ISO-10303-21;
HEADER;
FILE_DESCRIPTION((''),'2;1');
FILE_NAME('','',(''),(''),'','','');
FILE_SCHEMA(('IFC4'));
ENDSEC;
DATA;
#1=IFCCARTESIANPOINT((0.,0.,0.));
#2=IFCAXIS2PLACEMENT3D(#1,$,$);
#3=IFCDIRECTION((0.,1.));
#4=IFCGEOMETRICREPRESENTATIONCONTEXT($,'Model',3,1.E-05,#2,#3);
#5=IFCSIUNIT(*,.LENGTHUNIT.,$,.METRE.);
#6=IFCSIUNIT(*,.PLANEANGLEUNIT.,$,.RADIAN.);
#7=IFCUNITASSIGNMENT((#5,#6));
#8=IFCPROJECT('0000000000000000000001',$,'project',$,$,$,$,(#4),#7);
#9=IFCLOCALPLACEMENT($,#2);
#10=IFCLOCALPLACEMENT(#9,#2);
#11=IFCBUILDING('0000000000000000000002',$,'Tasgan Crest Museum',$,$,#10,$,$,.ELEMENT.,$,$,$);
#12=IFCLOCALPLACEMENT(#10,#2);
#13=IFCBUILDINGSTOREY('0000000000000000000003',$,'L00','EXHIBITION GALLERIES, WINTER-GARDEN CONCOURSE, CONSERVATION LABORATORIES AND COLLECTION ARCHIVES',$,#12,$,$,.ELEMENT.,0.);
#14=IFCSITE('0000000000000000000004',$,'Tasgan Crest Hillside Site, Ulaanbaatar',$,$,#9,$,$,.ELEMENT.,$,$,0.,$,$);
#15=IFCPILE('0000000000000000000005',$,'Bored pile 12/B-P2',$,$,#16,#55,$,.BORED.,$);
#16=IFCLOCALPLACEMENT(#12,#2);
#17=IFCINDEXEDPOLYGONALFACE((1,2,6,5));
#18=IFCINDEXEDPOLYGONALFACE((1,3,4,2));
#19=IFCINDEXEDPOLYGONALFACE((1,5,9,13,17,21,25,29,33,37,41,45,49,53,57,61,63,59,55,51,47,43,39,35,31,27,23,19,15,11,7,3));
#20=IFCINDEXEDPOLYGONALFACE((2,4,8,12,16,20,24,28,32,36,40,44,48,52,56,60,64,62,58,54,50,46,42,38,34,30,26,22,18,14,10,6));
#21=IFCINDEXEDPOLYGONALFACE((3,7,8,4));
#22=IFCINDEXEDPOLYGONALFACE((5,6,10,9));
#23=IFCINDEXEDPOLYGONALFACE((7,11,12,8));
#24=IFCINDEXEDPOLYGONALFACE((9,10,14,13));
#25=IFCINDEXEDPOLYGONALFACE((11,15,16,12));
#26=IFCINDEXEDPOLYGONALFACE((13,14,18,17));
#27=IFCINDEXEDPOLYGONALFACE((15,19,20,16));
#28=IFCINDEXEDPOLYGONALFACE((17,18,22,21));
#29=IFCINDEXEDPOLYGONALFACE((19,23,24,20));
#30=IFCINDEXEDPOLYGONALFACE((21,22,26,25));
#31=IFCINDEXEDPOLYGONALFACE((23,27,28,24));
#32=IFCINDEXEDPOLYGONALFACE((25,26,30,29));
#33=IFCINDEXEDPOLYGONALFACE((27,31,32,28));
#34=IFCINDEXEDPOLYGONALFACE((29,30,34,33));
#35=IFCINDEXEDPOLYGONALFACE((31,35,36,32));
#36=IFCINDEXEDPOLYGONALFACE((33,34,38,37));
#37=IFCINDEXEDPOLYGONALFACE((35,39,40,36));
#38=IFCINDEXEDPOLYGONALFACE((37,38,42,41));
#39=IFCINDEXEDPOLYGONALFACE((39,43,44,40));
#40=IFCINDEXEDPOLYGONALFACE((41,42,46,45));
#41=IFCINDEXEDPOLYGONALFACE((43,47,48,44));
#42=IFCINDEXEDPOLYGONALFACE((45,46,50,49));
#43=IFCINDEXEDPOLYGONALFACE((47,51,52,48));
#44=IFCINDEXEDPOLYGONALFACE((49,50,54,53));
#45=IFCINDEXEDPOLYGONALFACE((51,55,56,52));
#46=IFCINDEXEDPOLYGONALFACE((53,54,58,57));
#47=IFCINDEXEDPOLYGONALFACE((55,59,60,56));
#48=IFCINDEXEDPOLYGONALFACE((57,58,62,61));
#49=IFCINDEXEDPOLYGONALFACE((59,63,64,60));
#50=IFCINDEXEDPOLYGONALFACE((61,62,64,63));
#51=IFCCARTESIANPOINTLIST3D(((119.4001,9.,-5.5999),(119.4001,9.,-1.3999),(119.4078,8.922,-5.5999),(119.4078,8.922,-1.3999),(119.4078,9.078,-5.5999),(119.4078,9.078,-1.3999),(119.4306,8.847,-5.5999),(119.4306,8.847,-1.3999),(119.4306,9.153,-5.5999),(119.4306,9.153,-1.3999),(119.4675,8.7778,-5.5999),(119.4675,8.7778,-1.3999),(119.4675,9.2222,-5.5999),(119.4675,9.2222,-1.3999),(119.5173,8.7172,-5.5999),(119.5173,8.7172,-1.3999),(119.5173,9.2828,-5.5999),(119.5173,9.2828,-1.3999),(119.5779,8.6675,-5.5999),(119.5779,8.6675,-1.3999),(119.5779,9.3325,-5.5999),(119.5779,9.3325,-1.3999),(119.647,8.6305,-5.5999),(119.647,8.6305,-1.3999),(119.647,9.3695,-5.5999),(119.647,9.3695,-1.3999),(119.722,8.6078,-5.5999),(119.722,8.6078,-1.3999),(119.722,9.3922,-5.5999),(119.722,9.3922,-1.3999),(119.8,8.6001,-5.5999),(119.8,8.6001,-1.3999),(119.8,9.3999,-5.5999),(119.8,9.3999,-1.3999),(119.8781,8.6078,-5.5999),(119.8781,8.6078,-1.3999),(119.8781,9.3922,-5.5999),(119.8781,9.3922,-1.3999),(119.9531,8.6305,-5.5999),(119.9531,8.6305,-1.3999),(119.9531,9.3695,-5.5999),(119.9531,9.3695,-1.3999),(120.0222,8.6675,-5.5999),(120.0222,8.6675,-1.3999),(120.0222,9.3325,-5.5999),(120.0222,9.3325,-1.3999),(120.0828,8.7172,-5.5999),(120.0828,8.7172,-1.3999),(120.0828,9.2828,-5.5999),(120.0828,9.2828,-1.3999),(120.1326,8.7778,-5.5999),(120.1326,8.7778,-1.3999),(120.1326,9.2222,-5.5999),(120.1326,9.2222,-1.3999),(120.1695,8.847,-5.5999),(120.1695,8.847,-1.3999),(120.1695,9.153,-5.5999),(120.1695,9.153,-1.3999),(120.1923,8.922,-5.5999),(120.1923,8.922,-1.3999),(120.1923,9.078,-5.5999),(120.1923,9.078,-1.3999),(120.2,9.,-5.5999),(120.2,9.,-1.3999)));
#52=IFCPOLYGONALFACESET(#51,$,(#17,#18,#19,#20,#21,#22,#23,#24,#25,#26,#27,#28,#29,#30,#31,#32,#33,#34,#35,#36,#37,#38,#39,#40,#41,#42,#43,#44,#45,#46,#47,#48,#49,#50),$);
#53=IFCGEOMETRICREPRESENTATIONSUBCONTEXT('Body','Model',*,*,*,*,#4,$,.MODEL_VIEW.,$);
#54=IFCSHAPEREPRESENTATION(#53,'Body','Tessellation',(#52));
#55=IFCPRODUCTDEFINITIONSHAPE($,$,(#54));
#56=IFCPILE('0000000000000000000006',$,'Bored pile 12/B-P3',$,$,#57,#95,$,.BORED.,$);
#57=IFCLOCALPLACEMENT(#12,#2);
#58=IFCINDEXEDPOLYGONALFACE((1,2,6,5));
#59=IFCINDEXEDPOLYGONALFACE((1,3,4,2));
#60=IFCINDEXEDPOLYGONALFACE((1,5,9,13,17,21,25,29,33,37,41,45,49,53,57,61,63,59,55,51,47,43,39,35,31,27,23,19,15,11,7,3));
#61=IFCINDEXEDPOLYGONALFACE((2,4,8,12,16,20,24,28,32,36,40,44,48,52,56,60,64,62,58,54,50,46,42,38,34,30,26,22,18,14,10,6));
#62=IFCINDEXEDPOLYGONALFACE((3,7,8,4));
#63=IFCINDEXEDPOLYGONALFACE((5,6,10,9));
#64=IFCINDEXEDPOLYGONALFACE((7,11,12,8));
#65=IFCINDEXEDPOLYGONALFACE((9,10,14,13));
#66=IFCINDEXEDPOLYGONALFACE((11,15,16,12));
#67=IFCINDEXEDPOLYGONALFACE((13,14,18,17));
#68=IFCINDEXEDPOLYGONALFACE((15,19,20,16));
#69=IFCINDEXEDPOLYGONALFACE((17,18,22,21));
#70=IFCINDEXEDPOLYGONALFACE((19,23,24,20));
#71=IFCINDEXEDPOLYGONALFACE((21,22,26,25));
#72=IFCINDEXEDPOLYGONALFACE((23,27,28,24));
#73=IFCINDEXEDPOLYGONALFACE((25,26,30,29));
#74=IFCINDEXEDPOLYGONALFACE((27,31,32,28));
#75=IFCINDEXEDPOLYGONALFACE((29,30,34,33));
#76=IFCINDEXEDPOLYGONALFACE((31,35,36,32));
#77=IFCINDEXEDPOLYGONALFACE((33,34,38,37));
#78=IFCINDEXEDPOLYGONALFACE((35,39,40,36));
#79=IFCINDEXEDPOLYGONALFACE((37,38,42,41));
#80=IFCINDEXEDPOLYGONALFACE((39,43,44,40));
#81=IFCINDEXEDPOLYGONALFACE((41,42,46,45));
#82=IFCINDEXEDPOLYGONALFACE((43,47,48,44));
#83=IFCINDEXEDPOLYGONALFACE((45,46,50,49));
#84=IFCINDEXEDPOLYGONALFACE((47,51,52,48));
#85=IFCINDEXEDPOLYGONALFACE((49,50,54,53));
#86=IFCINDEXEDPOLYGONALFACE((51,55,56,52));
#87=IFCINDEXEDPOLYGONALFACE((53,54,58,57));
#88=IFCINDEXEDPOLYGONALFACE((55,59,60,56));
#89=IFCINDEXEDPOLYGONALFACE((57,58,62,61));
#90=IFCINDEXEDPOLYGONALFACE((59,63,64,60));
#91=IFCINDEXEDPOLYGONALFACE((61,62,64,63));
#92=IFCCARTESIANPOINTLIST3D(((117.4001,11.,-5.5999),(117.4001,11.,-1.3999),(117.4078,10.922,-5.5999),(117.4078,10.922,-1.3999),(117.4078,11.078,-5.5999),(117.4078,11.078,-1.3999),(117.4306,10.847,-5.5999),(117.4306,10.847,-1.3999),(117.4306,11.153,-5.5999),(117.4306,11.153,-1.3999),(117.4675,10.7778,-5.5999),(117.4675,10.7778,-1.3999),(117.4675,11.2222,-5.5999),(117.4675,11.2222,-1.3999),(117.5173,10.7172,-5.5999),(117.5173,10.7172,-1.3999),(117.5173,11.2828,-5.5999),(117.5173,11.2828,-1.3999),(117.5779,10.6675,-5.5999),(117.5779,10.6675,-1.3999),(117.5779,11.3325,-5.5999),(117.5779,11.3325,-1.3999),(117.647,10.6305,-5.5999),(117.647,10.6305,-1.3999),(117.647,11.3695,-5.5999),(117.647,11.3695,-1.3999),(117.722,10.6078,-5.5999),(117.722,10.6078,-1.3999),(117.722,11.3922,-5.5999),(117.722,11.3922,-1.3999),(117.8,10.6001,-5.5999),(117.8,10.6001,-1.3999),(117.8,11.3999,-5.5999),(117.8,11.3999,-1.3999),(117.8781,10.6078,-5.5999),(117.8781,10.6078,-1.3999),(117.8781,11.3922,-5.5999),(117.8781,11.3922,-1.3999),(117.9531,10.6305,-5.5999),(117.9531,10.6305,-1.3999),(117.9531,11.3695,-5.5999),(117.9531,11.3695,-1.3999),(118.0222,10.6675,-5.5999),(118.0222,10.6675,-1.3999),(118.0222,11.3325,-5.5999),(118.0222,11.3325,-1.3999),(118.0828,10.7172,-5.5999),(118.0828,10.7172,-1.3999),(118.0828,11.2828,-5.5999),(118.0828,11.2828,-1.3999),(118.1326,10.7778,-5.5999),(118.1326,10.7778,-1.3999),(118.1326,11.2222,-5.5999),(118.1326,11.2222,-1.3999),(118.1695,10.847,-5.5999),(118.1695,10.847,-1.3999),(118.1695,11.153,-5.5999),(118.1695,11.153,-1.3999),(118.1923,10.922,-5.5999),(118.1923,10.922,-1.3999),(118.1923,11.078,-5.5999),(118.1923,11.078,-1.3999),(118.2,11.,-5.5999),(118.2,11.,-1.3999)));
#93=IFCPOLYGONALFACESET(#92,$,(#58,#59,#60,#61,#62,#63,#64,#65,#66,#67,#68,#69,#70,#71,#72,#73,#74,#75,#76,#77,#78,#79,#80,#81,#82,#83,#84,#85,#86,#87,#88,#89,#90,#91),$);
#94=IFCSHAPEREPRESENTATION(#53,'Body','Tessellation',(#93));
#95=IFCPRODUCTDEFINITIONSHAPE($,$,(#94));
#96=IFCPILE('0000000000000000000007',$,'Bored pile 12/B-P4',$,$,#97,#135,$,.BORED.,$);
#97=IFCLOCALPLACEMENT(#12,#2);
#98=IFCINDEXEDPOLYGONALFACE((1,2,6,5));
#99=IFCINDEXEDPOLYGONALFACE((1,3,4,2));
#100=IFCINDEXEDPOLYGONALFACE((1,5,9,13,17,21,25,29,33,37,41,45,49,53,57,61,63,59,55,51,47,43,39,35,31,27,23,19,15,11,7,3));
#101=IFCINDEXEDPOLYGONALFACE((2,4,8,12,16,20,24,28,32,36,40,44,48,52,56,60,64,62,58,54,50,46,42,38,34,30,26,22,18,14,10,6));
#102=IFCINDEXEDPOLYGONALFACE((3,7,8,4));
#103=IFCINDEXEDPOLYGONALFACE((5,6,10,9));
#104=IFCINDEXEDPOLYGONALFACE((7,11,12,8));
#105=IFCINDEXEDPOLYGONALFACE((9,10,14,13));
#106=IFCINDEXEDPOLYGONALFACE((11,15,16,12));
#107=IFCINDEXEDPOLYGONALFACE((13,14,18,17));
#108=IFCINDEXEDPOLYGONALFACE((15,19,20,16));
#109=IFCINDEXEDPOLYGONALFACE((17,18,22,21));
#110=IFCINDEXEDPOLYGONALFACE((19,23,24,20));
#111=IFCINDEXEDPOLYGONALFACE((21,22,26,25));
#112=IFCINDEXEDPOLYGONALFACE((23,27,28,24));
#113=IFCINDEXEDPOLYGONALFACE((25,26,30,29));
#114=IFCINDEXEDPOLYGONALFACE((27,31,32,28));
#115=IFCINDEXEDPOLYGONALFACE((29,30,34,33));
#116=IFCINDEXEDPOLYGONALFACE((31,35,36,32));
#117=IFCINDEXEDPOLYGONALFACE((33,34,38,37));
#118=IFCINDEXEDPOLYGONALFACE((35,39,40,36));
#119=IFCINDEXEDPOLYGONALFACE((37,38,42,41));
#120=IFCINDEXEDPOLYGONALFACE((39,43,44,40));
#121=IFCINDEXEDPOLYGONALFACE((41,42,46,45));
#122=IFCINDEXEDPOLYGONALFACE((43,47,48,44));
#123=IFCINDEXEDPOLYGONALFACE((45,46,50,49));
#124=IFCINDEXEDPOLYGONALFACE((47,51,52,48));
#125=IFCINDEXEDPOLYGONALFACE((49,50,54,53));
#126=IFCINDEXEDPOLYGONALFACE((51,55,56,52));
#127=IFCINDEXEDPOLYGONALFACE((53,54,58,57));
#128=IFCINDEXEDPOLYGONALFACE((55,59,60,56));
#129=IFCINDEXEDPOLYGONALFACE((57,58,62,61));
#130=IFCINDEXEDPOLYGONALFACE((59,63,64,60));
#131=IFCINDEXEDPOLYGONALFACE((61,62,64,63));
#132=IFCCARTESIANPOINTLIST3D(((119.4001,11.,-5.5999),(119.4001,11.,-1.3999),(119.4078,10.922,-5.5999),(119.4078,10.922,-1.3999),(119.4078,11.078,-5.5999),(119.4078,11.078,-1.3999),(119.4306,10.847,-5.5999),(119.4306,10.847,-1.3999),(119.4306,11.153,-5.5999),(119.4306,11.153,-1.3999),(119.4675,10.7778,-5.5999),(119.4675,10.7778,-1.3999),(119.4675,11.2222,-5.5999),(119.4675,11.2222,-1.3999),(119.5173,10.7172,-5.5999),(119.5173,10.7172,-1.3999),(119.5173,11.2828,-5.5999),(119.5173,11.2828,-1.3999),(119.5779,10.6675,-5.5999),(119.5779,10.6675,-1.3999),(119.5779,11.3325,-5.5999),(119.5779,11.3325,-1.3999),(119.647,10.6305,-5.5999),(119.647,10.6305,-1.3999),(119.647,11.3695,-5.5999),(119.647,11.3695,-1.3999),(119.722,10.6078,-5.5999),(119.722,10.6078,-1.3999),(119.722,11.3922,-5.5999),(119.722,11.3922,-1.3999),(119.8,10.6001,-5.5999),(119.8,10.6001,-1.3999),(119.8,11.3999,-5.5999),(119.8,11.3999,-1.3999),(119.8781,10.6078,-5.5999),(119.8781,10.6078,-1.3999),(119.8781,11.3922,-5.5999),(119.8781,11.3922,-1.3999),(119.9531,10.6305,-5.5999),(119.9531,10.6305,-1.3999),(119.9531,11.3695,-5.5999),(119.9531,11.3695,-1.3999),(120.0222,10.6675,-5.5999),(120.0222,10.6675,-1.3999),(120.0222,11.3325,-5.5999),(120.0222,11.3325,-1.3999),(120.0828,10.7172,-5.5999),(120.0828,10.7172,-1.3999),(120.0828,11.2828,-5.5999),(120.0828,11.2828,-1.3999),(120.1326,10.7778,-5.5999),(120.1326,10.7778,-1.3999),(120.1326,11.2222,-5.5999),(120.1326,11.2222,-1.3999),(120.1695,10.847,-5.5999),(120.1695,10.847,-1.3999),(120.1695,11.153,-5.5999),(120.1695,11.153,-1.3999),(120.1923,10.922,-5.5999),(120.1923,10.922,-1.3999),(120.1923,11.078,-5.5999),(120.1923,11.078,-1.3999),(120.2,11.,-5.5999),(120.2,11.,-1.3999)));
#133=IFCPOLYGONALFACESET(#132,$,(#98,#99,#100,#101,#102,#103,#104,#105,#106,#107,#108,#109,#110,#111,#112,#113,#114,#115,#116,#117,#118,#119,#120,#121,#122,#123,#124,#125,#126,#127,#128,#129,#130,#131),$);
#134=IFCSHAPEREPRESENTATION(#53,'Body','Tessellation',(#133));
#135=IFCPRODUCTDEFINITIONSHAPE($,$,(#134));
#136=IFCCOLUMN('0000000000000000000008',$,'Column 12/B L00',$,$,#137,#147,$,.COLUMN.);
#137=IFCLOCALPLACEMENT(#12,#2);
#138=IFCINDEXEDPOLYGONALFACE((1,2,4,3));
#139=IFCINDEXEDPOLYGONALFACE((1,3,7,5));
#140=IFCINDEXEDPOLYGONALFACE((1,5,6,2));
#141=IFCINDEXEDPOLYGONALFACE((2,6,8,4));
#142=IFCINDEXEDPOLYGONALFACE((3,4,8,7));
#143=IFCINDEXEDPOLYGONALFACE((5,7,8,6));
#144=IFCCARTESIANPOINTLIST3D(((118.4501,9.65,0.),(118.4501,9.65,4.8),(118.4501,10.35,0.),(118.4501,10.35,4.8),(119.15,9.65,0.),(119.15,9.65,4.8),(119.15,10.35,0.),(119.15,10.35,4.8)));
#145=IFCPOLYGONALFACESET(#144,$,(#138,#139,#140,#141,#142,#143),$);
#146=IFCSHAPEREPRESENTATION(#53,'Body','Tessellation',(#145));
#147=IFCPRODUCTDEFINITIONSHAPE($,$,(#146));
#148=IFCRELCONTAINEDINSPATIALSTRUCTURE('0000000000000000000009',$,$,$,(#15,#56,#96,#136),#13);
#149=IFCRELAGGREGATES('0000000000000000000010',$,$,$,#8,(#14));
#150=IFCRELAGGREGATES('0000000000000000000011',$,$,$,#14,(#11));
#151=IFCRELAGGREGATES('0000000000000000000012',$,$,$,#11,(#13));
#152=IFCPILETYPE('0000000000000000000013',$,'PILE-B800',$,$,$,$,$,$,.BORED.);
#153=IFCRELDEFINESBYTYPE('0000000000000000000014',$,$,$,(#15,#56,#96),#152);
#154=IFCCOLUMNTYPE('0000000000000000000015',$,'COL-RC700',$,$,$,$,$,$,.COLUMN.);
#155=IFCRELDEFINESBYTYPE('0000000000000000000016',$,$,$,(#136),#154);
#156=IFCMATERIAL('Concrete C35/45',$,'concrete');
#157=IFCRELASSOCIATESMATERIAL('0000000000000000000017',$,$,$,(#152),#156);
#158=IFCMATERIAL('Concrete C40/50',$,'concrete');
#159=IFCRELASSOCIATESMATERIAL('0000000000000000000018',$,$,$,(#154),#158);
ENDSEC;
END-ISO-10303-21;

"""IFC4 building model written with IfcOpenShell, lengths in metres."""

from ifc_helpers import new_model, si_unit, direction, frame, origin, origin_2d, place, context, subcontext, project, spatial, rectangle, circle, extrude, material, material_profile, profile_set, type_object, element, save


model = new_model("IFC4")

# Units and contexts
model_context = context("Model", 3, precision=1e-05, world=origin(), true_north=direction((0.0, 1.0)))
body_context = subcontext(model_context, "Body", "Model", "MODEL_VIEW")
ifc_project = project(units=[si_unit("LENGTHUNIT", "METRE"), si_unit("PLANEANGLEUNIT", "RADIAN")], contexts=[model_context])

# Site, building, storey
site_placement = place(None, origin())
site = spatial("IfcSite", under=ifc_project, at=site_placement, Name="Tasgan Crest Hillside Site, Ulaanbaatar", CompositionType="ELEMENT", RefElevation=0.0)
building_placement = place(site_placement, origin())
building = spatial("IfcBuilding", under=site, at=building_placement, Name="Tasgan Crest Museum", CompositionType="ELEMENT")
storey_placement = place(building_placement, origin())
storey = spatial("IfcBuildingStorey", under=building, at=storey_placement, Name="L00", Description="EXHIBITION GALLERIES, WINTER-GARDEN CONCOURSE, CONSERVATION LABORATORIES AND COLLECTION ARCHIVES", CompositionType="ELEMENT", Elevation=0.0)

# Piles
ifc_material_1 = material(Name="Concrete C35/45", Category="concrete")
ifc_material_profile_1 = material_profile(ifc_material_1, circle(Radius=0.3999, at=origin_2d()), Name="PILE D800")
ifc_profile_set_1 = profile_set([ifc_material_profile_1], Name="Concrete C35/45")
pile_type_1 = type_object("IfcPileType", Name="PILE-B800", PredefinedType="BORED", material=ifc_profile_set_1)
for number, where, z_axis, x_axis, name in (
    (1, (119.8, 9.0, -1.3999), (0.0, 0.0, -1.0), (1.0, 0.0, 0.0), "Bored pile 12/B-P2"),
    (2, (117.8, 11.0, -1.3999), (0.0, 0.0, -1.0), (1.0, 0.0, 0.0), "Bored pile 12/B-P3"),
    (3, (119.8, 11.0, -1.3999), (0.0, 0.0, -1.0), (1.0, 0.0, 0.0), "Bored pile 12/B-P4"),
):
    element("IfcPile", number, at=place(storey_placement, frame(where, z_axis=z_axis, x_axis=x_axis)), inside=storey, type_object=pile_type_1, Name=name, PredefinedType="BORED", context=body_context, shape_type="SweptSolid", body=[
        extrude(circle(Radius=0.3999, at=origin_2d()), origin(), (0.0, 0.0, 1.0), 4.2),
    ])

# Column
ifc_material_2 = material(Name="Concrete C40/50", Category="concrete")
ifc_material_profile_2 = material_profile(ifc_material_2, rectangle(XDim=0.7, YDim=0.7, at=origin_2d()), Name="RC 700x700")
ifc_profile_set_2 = profile_set([ifc_material_profile_2], Name="Concrete C40/50")
column_type = type_object("IfcColumnType", Name="COL-RC700", PredefinedType="COLUMN", material=ifc_profile_set_2)
column_placement = place(storey_placement, frame((118.8, 10.0, 0.0), z_axis=(0.0, 0.0, 1.0), x_axis=(1.0, 0.0, 0.0)))
element("IfcColumn", 4, at=column_placement, inside=storey, type_object=column_type, Name="Column 12/B L00", PredefinedType="COLUMN", context=body_context, shape_type="SweptSolid", body=[
    extrude(rectangle(XDim=0.7, YDim=0.7, at=origin_2d()), origin(), (0.0, 0.0, 1.0), 4.8),
])

save(model, "model.ifc")
